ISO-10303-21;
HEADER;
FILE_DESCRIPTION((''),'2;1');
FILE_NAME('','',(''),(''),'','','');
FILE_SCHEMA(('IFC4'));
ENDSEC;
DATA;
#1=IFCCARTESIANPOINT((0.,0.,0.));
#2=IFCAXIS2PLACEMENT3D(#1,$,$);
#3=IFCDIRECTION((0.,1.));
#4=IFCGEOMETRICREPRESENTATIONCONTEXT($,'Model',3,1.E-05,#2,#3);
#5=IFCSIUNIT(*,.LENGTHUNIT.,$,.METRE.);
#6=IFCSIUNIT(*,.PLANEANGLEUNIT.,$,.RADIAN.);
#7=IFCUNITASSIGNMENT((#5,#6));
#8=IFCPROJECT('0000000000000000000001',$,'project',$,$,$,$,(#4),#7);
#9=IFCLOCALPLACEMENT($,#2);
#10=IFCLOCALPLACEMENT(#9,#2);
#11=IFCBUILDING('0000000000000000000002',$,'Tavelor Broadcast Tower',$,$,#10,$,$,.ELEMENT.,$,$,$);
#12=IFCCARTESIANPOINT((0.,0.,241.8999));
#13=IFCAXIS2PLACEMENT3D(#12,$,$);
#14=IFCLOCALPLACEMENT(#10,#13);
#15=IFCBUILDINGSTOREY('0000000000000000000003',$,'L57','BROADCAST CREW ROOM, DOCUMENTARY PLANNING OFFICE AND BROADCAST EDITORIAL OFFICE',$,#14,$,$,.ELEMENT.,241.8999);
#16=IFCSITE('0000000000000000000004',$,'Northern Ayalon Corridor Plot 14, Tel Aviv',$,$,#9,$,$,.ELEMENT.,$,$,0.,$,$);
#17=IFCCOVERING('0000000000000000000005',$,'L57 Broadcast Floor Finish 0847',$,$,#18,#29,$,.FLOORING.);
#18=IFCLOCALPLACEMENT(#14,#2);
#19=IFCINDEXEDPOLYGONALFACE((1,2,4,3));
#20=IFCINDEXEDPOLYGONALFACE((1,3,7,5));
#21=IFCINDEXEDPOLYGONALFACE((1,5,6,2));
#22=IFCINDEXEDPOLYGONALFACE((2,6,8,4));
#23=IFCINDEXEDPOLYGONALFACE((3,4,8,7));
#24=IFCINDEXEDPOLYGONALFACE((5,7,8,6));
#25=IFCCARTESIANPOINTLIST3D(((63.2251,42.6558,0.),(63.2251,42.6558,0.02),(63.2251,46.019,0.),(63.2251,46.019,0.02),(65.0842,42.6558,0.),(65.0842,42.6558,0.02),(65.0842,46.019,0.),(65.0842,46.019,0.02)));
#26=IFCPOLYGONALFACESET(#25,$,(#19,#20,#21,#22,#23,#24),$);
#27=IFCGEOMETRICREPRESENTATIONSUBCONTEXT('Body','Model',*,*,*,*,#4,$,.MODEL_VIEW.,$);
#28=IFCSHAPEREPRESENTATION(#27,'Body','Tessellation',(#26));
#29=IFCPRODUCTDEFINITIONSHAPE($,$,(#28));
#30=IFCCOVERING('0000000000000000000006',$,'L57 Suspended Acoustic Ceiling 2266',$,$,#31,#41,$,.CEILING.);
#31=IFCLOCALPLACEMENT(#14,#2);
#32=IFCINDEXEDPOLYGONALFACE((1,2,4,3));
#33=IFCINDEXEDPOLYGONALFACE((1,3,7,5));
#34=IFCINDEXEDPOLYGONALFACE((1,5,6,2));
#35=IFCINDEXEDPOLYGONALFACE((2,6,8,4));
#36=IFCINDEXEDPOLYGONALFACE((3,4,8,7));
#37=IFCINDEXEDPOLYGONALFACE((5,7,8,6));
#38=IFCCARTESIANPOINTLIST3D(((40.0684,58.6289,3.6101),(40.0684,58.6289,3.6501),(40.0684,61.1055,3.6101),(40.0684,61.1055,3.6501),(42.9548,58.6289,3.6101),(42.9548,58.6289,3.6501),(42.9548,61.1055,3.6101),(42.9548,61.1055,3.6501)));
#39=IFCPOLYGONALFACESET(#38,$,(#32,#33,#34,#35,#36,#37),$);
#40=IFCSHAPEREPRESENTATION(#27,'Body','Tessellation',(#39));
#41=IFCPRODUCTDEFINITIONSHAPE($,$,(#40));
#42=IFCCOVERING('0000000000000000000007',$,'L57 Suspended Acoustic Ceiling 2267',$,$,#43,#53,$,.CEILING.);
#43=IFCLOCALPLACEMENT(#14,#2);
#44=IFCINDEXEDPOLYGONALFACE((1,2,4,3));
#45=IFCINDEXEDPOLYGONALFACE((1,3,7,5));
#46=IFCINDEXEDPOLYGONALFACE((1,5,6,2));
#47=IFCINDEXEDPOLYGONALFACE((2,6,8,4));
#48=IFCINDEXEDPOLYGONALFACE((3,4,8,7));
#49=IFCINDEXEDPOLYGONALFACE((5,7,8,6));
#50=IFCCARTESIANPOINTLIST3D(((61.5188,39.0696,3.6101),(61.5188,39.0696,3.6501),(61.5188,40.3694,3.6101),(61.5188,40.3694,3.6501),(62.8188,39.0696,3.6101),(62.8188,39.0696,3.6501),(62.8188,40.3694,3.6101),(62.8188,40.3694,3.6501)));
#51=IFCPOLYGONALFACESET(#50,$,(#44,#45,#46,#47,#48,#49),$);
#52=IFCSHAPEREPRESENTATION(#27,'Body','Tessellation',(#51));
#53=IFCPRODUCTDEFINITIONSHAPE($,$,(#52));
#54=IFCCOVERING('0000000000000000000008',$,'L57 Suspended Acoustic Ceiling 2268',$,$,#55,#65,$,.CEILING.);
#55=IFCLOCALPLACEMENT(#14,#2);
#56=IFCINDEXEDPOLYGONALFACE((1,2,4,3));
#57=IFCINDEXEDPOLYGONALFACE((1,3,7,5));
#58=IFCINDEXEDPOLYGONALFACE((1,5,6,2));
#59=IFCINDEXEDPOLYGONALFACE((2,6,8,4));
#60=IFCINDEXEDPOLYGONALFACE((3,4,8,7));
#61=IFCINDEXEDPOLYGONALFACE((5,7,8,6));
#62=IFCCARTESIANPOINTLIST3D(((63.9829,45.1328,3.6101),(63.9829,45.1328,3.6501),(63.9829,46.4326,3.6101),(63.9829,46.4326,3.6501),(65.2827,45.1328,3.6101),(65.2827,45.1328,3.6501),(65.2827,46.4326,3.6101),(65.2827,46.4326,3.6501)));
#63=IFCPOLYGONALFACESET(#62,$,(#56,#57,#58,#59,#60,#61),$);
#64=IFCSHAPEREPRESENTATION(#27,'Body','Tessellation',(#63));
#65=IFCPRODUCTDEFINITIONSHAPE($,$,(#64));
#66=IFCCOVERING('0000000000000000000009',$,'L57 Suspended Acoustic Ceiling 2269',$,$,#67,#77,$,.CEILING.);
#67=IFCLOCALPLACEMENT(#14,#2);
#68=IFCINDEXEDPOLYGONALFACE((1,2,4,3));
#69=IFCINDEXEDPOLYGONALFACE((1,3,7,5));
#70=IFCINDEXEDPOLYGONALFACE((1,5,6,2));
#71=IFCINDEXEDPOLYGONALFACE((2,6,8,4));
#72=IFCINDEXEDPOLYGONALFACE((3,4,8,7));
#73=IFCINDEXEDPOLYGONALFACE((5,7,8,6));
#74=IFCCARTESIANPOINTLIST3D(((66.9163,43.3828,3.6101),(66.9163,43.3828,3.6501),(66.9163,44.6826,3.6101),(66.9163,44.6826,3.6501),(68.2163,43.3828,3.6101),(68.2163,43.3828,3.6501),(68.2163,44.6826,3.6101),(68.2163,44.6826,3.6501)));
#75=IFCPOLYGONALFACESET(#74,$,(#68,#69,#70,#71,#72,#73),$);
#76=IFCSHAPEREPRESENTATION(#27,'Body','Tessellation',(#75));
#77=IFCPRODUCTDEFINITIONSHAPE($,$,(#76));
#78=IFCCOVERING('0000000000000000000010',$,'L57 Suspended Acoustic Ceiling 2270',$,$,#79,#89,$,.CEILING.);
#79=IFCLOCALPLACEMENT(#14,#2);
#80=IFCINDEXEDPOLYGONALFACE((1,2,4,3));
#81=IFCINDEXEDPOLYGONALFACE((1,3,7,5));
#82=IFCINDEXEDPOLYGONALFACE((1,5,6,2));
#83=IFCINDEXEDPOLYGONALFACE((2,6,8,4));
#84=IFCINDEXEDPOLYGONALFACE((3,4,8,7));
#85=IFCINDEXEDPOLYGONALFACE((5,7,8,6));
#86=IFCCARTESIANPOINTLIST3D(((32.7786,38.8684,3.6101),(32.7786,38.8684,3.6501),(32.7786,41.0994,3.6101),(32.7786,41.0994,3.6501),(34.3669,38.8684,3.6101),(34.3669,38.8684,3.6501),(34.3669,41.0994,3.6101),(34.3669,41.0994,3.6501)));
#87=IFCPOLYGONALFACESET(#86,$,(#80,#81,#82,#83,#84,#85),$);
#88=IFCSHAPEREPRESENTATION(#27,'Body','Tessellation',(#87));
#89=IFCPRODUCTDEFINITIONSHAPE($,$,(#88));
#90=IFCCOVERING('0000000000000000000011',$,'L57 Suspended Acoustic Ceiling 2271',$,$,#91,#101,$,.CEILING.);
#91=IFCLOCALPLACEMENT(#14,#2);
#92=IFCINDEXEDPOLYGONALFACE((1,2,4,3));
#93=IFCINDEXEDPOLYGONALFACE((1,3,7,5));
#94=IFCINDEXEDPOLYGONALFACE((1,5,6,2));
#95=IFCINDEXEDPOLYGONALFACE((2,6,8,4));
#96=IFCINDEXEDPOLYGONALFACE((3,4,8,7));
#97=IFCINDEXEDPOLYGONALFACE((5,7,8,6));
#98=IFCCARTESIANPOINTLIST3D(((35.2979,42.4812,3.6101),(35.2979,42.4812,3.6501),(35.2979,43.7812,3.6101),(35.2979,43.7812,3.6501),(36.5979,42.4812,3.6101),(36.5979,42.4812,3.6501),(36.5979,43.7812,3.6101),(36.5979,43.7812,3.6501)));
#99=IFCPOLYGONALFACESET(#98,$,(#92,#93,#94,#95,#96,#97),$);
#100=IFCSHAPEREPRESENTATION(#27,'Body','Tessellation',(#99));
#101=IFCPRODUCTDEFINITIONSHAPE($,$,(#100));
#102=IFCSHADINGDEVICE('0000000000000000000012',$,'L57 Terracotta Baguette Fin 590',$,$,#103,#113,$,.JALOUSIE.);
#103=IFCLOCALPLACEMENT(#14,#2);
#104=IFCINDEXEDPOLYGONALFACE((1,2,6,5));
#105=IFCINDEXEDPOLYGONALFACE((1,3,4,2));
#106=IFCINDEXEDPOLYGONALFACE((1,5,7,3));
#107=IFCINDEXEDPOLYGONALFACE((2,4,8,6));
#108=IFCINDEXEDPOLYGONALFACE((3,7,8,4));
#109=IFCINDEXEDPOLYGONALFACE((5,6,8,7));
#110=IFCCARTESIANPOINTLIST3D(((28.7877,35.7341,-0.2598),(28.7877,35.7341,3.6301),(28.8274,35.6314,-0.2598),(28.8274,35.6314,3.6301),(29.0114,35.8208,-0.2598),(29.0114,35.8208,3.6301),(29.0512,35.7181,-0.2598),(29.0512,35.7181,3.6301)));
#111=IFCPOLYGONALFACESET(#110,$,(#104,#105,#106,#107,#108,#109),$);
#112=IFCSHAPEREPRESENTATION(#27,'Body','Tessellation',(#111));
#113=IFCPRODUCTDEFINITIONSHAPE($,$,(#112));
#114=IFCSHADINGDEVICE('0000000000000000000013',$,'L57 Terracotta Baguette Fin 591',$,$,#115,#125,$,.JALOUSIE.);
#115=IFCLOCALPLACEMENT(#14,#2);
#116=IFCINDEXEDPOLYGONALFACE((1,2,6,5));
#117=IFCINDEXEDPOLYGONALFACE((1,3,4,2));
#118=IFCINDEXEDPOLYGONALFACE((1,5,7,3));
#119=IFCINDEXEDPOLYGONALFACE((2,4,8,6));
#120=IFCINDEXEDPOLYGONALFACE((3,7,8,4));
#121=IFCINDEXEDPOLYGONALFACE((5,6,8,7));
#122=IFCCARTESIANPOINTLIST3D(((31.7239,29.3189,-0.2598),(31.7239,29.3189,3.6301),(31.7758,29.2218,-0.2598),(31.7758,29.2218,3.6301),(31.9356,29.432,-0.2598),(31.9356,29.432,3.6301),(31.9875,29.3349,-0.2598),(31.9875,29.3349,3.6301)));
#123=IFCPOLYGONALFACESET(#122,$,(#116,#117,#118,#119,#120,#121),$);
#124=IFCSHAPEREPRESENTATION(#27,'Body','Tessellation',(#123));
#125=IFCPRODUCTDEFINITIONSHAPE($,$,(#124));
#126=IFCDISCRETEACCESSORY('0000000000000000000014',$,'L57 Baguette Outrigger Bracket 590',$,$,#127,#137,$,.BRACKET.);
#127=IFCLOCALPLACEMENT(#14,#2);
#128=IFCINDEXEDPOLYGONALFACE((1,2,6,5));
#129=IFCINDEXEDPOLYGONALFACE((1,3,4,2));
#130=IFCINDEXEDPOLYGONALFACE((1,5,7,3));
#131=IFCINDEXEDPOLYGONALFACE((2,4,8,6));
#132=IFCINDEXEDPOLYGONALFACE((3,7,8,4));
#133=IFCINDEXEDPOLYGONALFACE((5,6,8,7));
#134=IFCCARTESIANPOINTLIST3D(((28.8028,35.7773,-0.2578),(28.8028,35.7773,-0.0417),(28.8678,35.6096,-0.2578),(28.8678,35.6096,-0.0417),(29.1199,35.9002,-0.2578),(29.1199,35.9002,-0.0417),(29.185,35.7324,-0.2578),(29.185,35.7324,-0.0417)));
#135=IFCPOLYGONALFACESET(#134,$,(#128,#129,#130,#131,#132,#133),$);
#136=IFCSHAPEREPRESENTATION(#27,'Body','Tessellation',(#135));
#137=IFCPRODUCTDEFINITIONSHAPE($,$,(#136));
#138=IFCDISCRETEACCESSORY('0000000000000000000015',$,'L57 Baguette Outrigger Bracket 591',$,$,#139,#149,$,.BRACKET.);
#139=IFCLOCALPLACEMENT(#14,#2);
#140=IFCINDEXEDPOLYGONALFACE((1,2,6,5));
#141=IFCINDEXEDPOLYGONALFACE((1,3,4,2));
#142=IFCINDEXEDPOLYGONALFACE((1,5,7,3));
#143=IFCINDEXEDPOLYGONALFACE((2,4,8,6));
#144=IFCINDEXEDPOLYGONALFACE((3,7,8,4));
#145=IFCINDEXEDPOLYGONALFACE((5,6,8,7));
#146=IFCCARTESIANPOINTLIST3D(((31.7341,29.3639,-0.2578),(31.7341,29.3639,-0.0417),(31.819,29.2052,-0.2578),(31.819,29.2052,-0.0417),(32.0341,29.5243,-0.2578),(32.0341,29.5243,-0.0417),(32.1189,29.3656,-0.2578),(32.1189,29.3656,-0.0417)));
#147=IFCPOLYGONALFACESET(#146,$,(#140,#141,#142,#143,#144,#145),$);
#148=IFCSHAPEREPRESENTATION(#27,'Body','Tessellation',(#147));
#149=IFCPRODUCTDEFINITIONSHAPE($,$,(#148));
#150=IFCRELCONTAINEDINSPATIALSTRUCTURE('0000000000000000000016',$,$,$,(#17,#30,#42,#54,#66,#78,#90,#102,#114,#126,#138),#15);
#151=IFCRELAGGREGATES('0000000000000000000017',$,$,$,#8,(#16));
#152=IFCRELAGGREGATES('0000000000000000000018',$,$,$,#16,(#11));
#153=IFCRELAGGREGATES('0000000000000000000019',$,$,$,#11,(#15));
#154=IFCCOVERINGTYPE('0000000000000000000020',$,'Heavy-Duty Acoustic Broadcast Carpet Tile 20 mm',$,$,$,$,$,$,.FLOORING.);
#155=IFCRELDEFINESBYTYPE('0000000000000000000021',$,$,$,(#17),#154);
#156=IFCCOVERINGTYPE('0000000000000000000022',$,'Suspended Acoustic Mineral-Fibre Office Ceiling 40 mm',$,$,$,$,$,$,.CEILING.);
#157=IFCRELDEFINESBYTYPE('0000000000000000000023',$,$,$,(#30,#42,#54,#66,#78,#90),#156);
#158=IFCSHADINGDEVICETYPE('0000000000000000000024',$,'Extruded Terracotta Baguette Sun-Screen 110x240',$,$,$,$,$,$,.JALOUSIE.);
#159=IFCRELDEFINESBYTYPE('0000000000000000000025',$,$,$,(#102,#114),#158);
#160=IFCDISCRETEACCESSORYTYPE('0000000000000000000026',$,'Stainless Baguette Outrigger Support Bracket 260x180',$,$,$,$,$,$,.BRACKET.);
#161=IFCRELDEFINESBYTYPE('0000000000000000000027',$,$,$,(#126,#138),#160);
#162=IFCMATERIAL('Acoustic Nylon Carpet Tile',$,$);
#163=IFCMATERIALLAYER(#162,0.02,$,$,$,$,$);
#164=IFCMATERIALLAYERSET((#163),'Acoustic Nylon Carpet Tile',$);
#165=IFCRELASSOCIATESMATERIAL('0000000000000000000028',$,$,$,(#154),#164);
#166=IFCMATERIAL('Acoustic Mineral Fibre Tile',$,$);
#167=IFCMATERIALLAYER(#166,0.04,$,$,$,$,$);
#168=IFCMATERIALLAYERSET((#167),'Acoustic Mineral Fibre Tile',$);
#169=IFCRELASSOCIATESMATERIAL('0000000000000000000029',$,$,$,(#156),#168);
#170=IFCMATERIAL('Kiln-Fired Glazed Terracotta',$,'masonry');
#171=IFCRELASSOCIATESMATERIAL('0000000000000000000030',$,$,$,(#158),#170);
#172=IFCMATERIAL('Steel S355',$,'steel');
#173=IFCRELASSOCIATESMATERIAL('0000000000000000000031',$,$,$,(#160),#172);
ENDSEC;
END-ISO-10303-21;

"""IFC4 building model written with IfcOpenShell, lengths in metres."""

from ifc_helpers import new_model, si_unit, direction, frame, origin, origin_2d, place, context, subcontext, project, spatial, polyline, rectangle, outline, extrude, source, transform, mapped, material, layer, layer_set, type_object, type_shapes, element, save


model = new_model("IFC4")

# Units and contexts
model_context = context("Model", 3, precision=1e-05, world=origin(), true_north=direction((0.0, 1.0)))
body_context = subcontext(model_context, "Body", "Model", "MODEL_VIEW")
ifc_project = project(units=[si_unit("LENGTHUNIT", "METRE"), si_unit("PLANEANGLEUNIT", "RADIAN")], contexts=[model_context])

# Site, building, storey
site_placement = place(None, origin())
site = spatial("IfcSite", under=ifc_project, at=site_placement, Name="Northern Ayalon Corridor Plot 14, Tel Aviv", CompositionType="ELEMENT", RefElevation=0.0)
building_placement = place(site_placement, origin())
building = spatial("IfcBuilding", under=site, at=building_placement, Name="Tavelor Broadcast Tower", CompositionType="ELEMENT")
storey_placement = place(building_placement, frame((0.0, 0.0, 241.8999)))
storey = spatial("IfcBuildingStorey", under=building, at=storey_placement, Name="L57", Description="BROADCAST CREW ROOM, DOCUMENTARY PLANNING OFFICE AND BROADCAST EDITORIAL OFFICE", CompositionType="ELEMENT", Elevation=241.8999)

# Coverings
ifc_material_1 = material(Name="Acoustic Nylon Carpet Tile")
ifc_layer_1 = layer(ifc_material_1, 0.02)
ifc_layer_set_1 = layer_set([ifc_layer_1], Name="Acoustic Nylon Carpet Tile")
covering_type_1 = type_object("IfcCoveringType", Name="Heavy-Duty Acoustic Broadcast Carpet Tile 20 mm", PredefinedType="FLOORING", material=ifc_layer_set_1)
covering_1_placement = place(storey_placement, origin())
element("IfcCovering", 1, at=covering_1_placement, inside=storey, type_object=covering_type_1, Name="L57 Broadcast Floor Finish 0847", PredefinedType="FLOORING", context=body_context, shape_type="SweptSolid", body=[
    extrude(outline(polyline([(63.2251, 42.6558), (65.0842, 42.6558), (65.0842, 46.019), (63.2251, 46.019), (63.2251, 42.6558)])), origin(), (0.0, 0.0, 1.0), 0.02),
])
ifc_material_2 = material(Name="Acoustic Mineral Fibre Tile")
ifc_layer_2 = layer(ifc_material_2, 0.04)
ifc_layer_set_2 = layer_set([ifc_layer_2], Name="Acoustic Mineral Fibre Tile")
covering_type_2 = type_object("IfcCoveringType", Name="Suspended Acoustic Mineral-Fibre Office Ceiling 40 mm", PredefinedType="CEILING", material=ifc_layer_set_2)
covering_2_placement = place(storey_placement, frame((0.0, 0.0, 3.6101)))
element("IfcCovering", 2, at=covering_2_placement, inside=storey, type_object=covering_type_2, Name="L57 Suspended Acoustic Ceiling 2266", PredefinedType="CEILING", context=body_context, shape_type="SweptSolid", body=[
    extrude(outline(polyline([(40.0684, 58.6289), (42.9548, 58.6289), (42.9548, 61.1055), (40.0684, 61.1055), (40.0684, 58.6289)])), origin(), (0.0, 0.0, 1.0), 0.04),
])
covering_3_placement = place(storey_placement, frame((0.0, 0.0, 3.6101)))
element("IfcCovering", 3, at=covering_3_placement, inside=storey, type_object=covering_type_2, Name="L57 Suspended Acoustic Ceiling 2267", PredefinedType="CEILING", context=body_context, shape_type="SweptSolid", body=[
    extrude(outline(polyline([(61.5188, 39.0696), (62.8188, 39.0696), (62.8188, 40.3694), (61.5188, 40.3694), (61.5188, 39.0696)])), origin(), (0.0, 0.0, 1.0), 0.04),
])
covering_4_placement = place(storey_placement, frame((0.0, 0.0, 3.6101)))
element("IfcCovering", 4, at=covering_4_placement, inside=storey, type_object=covering_type_2, Name="L57 Suspended Acoustic Ceiling 2268", PredefinedType="CEILING", context=body_context, shape_type="SweptSolid", body=[
    extrude(outline(polyline([(63.9829, 45.1328), (65.2827, 45.1328), (65.2827, 46.4326), (63.9829, 46.4326), (63.9829, 45.1328)])), origin(), (0.0, 0.0, 1.0), 0.04),
])
covering_5_placement = place(storey_placement, frame((0.0, 0.0, 3.6101)))
element("IfcCovering", 5, at=covering_5_placement, inside=storey, type_object=covering_type_2, Name="L57 Suspended Acoustic Ceiling 2269", PredefinedType="CEILING", context=body_context, shape_type="SweptSolid", body=[
    extrude(outline(polyline([(66.9163, 43.3828), (68.2163, 43.3828), (68.2163, 44.6826), (66.9163, 44.6826), (66.9163, 43.3828)])), origin(), (0.0, 0.0, 1.0), 0.04),
])
covering_6_placement = place(storey_placement, frame((0.0, 0.0, 3.6101)))
element("IfcCovering", 6, at=covering_6_placement, inside=storey, type_object=covering_type_2, Name="L57 Suspended Acoustic Ceiling 2270", PredefinedType="CEILING", context=body_context, shape_type="SweptSolid", body=[
    extrude(outline(polyline([(32.7786, 38.8684), (34.3669, 38.8684), (34.3669, 41.0994), (32.7786, 41.0994), (32.7786, 38.8684)])), origin(), (0.0, 0.0, 1.0), 0.04),
])
covering_7_placement = place(storey_placement, frame((0.0, 0.0, 3.6101)))
element("IfcCovering", 7, at=covering_7_placement, inside=storey, type_object=covering_type_2, Name="L57 Suspended Acoustic Ceiling 2271", PredefinedType="CEILING", context=body_context, shape_type="SweptSolid", body=[
    extrude(outline(polyline([(35.2979, 42.4812), (36.5979, 42.4812), (36.5979, 43.7812), (35.2979, 43.7812), (35.2979, 42.4812)])), origin(), (0.0, 0.0, 1.0), 0.04),
])

# Shading devices
ifc_material_3 = material(Name="Kiln-Fired Glazed Terracotta", Category="masonry")
shading_device_type = type_object("IfcShadingDeviceType", Name="Extruded Terracotta Baguette Sun-Screen 110x240", PredefinedType="JALOUSIE", material=ifc_material_3)
shared_shape_1 = source(origin(), body_context, "Body", "SweptSolid", [
    extrude(rectangle(XDim=0.1101, YDim=0.24, at=origin_2d()), origin(), (0.0, 0.0, 1.0), 3.8899),
])
type_shapes(shading_device_type, [shared_shape_1])
for number, where, z_axis, x_axis, name in (
    (8, (28.9194, 35.7261, -0.2598), (0.0, 0.0, 1.0), (0.361299, -0.93245, 0.0), "L57 Terracotta Baguette Fin 590"),
    (9, (31.8557, 29.3269, -0.2598), (0.0, 0.0, 1.0), (0.471474, -0.88188, 0.0), "L57 Terracotta Baguette Fin 591"),
):
    element("IfcShadingDevice", number, at=place(storey_placement, frame(where, z_axis=z_axis, x_axis=x_axis)), inside=storey, type_object=shading_device_type, Name=name, PredefinedType="JALOUSIE", context=body_context, shape_type="MappedRepresentation", body=[
        mapped(shared_shape_1, transform((0.0, 0.0, 0.0), scale=1.0)),
    ])

# Discrete accessories
ifc_material_4 = material(Name="Steel S355", Category="steel")
discrete_accessory_type = type_object("IfcDiscreteAccessoryType", Name="Stainless Baguette Outrigger Support Bracket 260x180", PredefinedType="BRACKET", material=ifc_material_4)
shared_shape_2 = source(origin(), body_context, "Body", "SweptSolid", [
    extrude(rectangle(XDim=0.1799, YDim=0.3401, at=origin_2d()), origin(), (0.0, 0.0, 1.0), 0.2161),
])
type_shapes(discrete_accessory_type, [shared_shape_2])
for number, where, z_axis, x_axis, name in (
    (10, (28.9939, 35.7549, -0.2578), (0.0, 0.0, 1.0), (0.361299, -0.93245, 0.0), "L57 Baguette Outrigger Bracket 590"),
    (11, (31.9265, 29.3647, -0.2578), (0.0, 0.0, 1.0), (0.471474, -0.88188, 0.0), "L57 Baguette Outrigger Bracket 591"),
):
    element("IfcDiscreteAccessory", number, at=place(storey_placement, frame(where, z_axis=z_axis, x_axis=x_axis)), inside=storey, type_object=discrete_accessory_type, Name=name, PredefinedType="BRACKET", context=body_context, shape_type="MappedRepresentation", body=[
        mapped(shared_shape_2, transform((0.0, 0.0, 0.0), scale=1.0)),
    ])

save(model, "model.ifc")
